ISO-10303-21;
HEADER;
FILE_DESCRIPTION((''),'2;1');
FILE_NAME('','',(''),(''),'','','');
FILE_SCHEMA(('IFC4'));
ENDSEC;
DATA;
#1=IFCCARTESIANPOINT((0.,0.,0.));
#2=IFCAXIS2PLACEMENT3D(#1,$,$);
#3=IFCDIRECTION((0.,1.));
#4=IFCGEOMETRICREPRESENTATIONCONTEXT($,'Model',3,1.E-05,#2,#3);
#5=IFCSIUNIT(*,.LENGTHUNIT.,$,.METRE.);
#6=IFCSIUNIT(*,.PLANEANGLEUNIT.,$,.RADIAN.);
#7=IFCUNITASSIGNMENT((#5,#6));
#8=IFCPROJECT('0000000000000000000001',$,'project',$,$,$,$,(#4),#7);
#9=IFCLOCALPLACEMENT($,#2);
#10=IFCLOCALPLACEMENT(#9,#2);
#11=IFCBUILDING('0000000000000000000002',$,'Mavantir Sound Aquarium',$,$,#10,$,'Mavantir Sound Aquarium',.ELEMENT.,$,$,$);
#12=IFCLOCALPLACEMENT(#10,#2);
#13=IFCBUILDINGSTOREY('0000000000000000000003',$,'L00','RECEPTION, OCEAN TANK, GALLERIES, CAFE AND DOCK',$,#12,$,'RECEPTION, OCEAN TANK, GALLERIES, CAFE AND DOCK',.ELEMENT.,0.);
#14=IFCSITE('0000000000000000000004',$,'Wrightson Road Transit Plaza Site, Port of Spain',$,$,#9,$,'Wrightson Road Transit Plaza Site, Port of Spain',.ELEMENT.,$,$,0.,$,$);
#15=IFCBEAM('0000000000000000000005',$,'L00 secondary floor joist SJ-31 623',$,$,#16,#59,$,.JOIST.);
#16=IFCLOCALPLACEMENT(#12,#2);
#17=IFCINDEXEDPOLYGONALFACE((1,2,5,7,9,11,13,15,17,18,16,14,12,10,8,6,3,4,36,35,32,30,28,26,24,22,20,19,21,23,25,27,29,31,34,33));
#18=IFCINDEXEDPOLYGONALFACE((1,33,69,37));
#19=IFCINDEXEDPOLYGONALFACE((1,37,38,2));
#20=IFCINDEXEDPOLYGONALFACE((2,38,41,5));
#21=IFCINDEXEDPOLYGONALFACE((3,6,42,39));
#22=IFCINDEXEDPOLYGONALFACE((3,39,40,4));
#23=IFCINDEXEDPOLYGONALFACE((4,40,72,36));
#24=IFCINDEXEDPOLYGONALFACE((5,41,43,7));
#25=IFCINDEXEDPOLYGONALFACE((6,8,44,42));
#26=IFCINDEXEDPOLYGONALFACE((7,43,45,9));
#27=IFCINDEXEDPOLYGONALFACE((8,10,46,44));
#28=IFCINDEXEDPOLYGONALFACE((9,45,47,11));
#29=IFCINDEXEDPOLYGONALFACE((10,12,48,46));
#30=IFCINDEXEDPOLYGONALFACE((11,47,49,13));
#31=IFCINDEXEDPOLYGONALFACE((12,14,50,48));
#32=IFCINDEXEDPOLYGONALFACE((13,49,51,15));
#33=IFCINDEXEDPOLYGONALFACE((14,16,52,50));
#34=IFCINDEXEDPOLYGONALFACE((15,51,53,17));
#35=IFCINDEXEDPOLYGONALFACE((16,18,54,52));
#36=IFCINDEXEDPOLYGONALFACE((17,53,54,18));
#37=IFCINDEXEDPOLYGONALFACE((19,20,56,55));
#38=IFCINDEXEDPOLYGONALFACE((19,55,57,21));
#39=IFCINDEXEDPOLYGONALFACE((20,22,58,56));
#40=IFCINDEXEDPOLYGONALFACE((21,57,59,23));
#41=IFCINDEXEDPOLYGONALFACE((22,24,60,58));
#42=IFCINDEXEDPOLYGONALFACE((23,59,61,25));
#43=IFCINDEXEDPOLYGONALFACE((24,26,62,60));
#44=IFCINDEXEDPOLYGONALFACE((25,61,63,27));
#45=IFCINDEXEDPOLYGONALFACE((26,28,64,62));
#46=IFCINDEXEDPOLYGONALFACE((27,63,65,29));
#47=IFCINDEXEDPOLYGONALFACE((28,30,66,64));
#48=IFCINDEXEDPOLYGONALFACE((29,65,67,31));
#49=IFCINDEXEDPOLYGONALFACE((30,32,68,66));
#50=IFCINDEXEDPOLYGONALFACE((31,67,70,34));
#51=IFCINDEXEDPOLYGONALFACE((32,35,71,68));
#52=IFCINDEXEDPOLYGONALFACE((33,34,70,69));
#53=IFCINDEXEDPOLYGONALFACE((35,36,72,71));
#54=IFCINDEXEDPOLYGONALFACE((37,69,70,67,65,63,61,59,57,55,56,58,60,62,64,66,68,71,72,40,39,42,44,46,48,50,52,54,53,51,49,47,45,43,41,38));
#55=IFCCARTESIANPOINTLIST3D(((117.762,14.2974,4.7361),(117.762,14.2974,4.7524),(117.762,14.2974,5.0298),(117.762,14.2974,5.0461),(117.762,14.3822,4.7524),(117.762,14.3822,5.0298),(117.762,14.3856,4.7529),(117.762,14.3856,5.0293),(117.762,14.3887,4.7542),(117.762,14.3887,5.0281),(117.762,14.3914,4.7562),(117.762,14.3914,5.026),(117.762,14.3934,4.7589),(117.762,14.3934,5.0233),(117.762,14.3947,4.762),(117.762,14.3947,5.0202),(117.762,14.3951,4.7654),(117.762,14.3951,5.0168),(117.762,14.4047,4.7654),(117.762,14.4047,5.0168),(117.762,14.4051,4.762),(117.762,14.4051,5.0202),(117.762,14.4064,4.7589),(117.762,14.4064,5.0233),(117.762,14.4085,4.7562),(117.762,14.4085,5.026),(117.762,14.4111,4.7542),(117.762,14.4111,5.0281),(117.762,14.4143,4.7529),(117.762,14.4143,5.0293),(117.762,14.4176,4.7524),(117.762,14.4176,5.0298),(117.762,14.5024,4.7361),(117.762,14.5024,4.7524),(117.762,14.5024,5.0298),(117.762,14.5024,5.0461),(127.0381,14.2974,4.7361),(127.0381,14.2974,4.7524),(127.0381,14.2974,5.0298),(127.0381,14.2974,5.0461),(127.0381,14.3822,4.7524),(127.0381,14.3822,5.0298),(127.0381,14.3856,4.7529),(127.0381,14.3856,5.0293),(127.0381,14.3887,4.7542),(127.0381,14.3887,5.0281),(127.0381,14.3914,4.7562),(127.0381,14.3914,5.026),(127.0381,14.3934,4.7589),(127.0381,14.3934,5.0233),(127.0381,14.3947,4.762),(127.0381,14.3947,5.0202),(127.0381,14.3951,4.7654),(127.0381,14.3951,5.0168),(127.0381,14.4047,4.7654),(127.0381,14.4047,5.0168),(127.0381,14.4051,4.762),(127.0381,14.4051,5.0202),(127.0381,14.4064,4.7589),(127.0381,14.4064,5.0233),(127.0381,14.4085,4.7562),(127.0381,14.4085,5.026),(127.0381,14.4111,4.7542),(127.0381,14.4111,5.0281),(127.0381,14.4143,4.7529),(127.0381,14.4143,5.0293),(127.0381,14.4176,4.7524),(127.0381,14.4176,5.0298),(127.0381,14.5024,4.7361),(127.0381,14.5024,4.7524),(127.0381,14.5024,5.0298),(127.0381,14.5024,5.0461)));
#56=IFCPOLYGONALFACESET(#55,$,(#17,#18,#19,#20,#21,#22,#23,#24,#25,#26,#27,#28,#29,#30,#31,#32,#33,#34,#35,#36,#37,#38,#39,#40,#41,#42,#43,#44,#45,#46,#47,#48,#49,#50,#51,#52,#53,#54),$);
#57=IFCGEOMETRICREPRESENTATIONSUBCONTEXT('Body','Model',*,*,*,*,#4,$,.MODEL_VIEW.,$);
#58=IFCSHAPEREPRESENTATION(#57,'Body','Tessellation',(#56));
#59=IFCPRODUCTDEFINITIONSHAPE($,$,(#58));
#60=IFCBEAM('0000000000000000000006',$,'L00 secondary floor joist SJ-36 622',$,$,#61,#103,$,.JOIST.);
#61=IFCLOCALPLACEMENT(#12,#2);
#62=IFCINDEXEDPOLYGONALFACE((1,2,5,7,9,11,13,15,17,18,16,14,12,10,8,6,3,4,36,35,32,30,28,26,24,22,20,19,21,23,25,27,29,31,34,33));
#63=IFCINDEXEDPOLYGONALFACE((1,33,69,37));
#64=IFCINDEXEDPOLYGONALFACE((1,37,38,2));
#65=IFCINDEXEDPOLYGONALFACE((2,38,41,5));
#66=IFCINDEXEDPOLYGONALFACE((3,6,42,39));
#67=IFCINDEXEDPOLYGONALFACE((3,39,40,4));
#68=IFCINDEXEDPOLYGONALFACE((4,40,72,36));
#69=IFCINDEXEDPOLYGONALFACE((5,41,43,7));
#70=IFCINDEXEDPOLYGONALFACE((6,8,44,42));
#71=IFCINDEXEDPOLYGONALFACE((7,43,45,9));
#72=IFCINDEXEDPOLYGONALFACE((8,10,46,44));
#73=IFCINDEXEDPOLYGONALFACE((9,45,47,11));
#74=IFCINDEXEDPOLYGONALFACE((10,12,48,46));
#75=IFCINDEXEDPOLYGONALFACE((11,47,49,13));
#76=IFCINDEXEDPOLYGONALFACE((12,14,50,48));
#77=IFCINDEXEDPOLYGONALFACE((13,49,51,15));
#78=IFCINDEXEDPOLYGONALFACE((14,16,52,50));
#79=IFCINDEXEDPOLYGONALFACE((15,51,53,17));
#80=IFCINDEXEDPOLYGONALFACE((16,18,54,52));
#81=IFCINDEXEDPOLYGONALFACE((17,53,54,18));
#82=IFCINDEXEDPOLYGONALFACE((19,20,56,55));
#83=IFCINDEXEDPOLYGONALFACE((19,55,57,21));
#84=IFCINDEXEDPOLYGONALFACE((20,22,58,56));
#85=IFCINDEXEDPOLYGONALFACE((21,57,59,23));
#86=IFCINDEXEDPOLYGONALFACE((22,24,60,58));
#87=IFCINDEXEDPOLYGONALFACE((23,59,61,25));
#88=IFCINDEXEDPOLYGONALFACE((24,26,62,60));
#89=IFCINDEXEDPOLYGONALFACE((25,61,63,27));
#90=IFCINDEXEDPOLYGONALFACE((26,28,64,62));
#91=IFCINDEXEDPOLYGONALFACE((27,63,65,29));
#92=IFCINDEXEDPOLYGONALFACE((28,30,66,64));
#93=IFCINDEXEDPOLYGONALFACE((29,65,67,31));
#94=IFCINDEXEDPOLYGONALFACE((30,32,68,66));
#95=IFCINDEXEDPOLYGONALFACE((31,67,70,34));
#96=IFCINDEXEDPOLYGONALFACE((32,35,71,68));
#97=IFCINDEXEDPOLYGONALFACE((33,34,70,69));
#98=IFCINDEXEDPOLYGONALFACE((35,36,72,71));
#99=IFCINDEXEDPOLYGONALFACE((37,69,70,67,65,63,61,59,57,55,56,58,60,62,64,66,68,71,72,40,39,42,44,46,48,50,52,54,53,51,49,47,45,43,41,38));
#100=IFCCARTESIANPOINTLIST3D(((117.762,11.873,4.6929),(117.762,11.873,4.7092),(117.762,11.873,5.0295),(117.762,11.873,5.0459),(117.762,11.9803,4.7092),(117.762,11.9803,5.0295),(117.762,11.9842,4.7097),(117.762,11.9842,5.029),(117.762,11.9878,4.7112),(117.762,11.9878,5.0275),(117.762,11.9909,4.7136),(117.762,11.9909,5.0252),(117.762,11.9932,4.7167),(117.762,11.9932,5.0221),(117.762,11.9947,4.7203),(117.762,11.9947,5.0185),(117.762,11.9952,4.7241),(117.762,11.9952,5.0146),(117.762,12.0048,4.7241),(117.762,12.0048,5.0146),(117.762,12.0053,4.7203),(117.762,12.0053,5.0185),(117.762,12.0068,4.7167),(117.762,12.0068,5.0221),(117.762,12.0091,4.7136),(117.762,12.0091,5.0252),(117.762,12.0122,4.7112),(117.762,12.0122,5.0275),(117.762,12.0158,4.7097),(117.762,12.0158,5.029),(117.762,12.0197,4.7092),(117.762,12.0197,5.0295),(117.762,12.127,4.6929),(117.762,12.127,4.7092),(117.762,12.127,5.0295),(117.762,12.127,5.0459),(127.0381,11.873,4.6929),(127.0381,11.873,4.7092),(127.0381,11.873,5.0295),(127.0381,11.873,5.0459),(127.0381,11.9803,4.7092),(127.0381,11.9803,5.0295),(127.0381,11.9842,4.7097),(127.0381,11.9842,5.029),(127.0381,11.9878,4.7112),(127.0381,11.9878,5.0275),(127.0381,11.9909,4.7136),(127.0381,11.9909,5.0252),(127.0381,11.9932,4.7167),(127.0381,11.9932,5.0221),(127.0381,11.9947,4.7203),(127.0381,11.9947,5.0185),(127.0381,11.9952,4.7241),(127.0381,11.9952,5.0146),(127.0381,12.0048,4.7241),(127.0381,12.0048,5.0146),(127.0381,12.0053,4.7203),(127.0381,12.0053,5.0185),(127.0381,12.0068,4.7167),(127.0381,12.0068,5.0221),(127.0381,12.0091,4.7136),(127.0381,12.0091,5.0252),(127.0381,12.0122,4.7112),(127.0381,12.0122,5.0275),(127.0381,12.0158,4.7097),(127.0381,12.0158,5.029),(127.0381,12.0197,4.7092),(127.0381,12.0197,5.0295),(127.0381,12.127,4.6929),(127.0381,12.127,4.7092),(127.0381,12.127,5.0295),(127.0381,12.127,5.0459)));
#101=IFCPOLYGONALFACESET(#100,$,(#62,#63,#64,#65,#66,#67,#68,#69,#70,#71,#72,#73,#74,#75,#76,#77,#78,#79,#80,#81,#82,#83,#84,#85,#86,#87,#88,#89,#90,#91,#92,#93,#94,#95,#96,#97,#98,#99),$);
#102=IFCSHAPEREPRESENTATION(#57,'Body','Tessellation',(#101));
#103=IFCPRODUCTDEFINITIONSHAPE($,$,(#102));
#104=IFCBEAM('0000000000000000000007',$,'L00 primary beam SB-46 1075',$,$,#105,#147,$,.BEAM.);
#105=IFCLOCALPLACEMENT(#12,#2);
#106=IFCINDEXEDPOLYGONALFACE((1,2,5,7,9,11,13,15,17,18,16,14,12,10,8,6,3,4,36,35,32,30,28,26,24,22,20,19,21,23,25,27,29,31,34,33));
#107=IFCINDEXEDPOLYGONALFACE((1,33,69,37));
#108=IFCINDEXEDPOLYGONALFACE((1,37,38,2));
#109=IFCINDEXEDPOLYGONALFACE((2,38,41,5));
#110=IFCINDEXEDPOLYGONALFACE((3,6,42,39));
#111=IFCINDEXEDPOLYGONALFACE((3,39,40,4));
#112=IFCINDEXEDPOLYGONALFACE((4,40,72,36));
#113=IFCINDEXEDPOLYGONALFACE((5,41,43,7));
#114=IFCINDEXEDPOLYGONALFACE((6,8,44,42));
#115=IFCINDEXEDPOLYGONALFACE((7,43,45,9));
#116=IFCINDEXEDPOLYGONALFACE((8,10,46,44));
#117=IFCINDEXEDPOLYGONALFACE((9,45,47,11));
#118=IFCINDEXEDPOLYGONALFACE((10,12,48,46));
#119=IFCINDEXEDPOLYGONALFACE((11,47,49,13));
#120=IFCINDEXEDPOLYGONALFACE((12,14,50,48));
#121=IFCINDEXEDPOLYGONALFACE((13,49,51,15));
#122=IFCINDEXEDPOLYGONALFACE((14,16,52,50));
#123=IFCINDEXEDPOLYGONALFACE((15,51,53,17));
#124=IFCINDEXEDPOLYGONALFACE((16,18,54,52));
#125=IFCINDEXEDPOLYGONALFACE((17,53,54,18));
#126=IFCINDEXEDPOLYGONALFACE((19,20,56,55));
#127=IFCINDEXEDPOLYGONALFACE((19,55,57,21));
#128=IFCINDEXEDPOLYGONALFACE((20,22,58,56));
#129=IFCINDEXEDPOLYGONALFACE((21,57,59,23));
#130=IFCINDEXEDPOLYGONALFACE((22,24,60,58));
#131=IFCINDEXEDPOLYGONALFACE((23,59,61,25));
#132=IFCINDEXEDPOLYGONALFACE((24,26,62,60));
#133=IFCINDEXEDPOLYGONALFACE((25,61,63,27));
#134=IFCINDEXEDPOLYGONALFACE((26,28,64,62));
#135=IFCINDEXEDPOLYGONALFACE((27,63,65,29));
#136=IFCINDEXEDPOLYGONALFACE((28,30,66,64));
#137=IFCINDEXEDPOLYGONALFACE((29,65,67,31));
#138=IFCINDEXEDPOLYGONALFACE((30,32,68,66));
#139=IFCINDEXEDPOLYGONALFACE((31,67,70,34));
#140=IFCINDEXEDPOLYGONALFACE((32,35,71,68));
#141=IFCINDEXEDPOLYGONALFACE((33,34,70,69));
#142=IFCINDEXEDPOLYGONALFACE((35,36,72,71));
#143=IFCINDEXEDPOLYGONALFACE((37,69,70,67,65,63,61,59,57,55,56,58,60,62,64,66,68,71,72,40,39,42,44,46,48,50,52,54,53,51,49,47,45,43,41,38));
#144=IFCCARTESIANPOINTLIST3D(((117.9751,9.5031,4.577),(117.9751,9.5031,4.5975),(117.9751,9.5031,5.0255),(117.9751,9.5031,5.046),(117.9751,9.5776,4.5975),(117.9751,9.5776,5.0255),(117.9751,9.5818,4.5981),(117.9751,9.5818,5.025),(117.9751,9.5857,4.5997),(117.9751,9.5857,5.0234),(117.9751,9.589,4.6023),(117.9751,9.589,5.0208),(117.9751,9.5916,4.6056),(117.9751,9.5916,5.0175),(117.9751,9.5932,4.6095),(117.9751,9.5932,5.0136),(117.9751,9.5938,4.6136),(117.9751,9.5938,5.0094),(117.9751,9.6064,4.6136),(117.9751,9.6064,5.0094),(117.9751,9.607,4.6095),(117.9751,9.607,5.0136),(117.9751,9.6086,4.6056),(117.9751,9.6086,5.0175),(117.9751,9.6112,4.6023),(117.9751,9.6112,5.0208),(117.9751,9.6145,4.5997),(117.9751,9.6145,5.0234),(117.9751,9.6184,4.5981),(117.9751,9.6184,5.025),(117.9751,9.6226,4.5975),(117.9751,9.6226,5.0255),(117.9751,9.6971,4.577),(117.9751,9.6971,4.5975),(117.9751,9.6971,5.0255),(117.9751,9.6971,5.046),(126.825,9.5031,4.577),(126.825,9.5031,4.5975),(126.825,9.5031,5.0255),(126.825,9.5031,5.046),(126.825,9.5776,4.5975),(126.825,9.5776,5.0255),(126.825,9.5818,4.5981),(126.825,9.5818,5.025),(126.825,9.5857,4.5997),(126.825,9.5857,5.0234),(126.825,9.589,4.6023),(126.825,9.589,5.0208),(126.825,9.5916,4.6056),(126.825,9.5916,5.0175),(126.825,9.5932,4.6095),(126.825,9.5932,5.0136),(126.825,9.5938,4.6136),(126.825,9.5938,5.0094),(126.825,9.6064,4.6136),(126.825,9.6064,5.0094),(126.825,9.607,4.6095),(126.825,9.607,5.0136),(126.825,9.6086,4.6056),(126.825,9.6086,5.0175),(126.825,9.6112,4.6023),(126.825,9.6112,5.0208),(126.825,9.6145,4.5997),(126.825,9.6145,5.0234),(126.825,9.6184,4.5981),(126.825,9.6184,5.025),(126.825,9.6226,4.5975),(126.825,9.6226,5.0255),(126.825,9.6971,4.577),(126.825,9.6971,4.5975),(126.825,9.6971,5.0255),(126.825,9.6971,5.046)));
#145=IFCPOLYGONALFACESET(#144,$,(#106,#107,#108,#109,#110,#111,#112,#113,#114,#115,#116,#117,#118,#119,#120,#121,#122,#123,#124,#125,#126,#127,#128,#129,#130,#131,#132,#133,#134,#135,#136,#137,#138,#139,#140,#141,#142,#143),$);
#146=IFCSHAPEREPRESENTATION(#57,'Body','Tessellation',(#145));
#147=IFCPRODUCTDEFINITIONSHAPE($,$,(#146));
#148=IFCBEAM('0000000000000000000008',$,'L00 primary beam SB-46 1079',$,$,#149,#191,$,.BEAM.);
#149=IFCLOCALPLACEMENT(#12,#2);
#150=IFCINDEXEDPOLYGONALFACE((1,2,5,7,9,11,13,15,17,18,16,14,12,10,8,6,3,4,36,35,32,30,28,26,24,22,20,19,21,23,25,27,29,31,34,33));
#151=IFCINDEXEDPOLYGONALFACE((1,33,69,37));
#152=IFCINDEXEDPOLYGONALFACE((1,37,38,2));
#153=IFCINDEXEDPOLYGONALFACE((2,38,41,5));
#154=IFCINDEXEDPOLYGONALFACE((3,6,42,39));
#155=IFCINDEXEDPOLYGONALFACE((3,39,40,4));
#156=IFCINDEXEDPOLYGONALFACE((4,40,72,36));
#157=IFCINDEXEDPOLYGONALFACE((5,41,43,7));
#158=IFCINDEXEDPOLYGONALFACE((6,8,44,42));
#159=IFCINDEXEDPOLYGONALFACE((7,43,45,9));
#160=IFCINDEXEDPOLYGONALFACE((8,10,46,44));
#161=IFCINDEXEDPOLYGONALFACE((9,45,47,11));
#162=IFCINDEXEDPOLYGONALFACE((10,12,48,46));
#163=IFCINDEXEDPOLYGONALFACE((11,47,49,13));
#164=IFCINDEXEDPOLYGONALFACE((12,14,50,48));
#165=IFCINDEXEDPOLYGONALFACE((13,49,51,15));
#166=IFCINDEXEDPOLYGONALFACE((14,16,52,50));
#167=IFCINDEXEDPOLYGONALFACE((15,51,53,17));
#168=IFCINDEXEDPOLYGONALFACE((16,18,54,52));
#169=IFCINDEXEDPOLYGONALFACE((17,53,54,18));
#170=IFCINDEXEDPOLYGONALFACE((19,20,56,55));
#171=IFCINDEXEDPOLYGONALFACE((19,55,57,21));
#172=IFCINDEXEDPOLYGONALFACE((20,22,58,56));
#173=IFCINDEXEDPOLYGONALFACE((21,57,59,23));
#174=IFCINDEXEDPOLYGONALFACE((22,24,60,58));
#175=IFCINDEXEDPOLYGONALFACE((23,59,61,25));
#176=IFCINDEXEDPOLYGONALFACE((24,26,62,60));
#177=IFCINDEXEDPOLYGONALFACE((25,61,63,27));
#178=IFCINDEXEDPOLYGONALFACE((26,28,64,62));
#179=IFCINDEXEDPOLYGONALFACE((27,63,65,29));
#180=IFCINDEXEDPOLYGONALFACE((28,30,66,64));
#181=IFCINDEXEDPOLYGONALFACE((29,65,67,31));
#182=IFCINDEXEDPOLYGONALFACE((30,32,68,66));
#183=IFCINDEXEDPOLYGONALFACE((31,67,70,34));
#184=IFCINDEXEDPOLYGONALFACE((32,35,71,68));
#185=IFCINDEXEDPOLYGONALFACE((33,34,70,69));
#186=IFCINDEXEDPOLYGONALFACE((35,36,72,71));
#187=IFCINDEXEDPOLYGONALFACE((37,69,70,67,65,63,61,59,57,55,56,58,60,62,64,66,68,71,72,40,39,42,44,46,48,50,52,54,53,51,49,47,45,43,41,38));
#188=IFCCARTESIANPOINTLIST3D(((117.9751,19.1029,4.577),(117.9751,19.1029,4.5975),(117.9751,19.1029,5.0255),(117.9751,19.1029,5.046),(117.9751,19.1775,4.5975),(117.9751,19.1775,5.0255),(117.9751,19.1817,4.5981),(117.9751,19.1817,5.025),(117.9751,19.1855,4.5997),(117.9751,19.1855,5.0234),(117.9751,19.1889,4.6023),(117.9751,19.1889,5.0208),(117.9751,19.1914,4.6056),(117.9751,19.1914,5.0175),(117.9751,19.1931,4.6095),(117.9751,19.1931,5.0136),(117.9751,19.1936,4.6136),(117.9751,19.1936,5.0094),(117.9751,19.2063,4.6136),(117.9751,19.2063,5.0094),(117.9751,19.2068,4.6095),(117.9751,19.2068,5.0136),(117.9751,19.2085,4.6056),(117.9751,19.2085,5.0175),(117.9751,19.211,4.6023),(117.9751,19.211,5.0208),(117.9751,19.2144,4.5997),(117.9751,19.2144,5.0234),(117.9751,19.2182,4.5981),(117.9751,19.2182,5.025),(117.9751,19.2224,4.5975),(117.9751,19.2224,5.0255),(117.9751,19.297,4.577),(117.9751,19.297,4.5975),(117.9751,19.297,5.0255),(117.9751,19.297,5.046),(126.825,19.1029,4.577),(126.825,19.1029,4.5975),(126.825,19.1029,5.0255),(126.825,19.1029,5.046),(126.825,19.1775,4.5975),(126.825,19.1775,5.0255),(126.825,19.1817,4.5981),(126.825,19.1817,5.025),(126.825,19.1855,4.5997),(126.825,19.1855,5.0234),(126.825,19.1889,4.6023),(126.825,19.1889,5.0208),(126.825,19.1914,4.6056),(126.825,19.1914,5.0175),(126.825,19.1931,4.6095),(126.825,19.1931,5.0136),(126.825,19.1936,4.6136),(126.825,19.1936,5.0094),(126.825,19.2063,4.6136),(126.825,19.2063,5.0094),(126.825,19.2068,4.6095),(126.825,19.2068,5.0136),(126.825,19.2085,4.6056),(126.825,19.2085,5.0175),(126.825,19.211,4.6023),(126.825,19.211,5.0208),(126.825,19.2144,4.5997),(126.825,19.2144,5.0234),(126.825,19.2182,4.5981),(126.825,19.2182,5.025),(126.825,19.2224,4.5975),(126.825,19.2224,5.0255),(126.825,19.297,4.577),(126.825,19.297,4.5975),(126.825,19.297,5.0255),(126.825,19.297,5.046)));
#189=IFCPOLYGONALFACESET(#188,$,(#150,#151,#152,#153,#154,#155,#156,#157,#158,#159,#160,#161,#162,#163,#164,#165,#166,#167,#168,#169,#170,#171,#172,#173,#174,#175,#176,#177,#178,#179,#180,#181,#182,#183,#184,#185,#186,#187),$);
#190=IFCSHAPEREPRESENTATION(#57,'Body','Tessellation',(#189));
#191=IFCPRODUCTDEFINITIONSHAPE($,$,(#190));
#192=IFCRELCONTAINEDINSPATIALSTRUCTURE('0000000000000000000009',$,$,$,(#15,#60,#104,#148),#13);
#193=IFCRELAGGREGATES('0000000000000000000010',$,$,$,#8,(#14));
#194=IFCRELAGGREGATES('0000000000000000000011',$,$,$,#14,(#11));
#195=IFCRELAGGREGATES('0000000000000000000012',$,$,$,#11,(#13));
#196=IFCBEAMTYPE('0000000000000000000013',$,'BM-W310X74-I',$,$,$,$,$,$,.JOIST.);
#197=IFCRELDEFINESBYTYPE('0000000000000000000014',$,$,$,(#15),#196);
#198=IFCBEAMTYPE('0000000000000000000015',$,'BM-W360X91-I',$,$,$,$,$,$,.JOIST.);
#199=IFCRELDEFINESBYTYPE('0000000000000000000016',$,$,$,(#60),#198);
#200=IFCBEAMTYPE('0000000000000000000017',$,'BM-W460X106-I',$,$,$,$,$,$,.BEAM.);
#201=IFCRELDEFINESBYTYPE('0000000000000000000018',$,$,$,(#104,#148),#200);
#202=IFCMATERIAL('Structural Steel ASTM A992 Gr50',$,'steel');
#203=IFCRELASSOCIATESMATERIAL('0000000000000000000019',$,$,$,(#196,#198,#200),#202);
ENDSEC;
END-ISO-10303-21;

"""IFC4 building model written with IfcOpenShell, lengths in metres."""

from ifc_helpers import new_model, si_unit, direction, frame, origin, origin_2d, place, context, subcontext, project, spatial, i_section, extrude, material, material_profile, profile_set, type_object, element, save


model = new_model("IFC4")

# Units and contexts
model_context = context("Model", 3, precision=1e-05, world=origin(), true_north=direction((0.0, 1.0)))
body_context = subcontext(model_context, "Body", "Model", "MODEL_VIEW")
ifc_project = project(units=[si_unit("LENGTHUNIT", "METRE"), si_unit("PLANEANGLEUNIT", "RADIAN")], contexts=[model_context])

# Site, building, storey
site_placement = place(None, origin())
site = spatial("IfcSite", under=ifc_project, at=site_placement, Name="Wrightson Road Transit Plaza Site, Port of Spain", LongName="Wrightson Road Transit Plaza Site, Port of Spain", CompositionType="ELEMENT", RefElevation=0.0)
building_placement = place(site_placement, origin())
building = spatial("IfcBuilding", under=site, at=building_placement, Name="Mavantir Sound Aquarium", LongName="Mavantir Sound Aquarium", CompositionType="ELEMENT")
storey_placement = place(building_placement, origin())
storey = spatial("IfcBuildingStorey", under=building, at=storey_placement, Name="L00", Description="RECEPTION, OCEAN TANK, GALLERIES, CAFE AND DOCK", LongName="RECEPTION, OCEAN TANK, GALLERIES, CAFE AND DOCK", CompositionType="ELEMENT", Elevation=0.0)

# Beams
ifc_material_1 = material(Name="Structural Steel ASTM A992 Gr50", Category="steel")
ifc_material_profile_1 = material_profile(ifc_material_1, i_section(OverallWidth=0.2051, OverallDepth=0.3101, WebThickness=0.0095, FlangeThickness=0.0164, FilletRadius=0.0129, at=origin_2d()), Name="W310X74")
ifc_profile_set_1 = profile_set([ifc_material_profile_1], Name="Structural Steel ASTM A992 Gr50")
beam_type_1 = type_object("IfcBeamType", Name="BM-W310X74-I", PredefinedType="JOIST", material=ifc_profile_set_1)
beam_1_placement = place(storey_placement, frame((117.762, 14.3999, 4.8911), z_axis=(1.0, 0.0, 0.0), x_axis=(0.0, 1.0, 0.0)))
element("IfcBeam", 1, at=beam_1_placement, inside=storey, type_object=beam_type_1, Name="L00 secondary floor joist SJ-31 623", PredefinedType="JOIST", context=body_context, shape_type="SweptSolid", body=[
    extrude(i_section(OverallWidth=0.2051, OverallDepth=0.3101, WebThickness=0.0095, FlangeThickness=0.0164, FilletRadius=0.0129, at=origin_2d()), origin(), (0.0, 0.0, 1.0), 9.2761),
])
ifc_material_profile_2 = material_profile(ifc_material_1, i_section(OverallWidth=0.2539, OverallDepth=0.353, WebThickness=0.0095, FlangeThickness=0.0164, FilletRadius=0.0149, at=origin_2d()), Name="W360X91")
ifc_profile_set_2 = profile_set([ifc_material_profile_2], Name="Structural Steel ASTM A992 Gr50")
beam_type_2 = type_object("IfcBeamType", Name="BM-W360X91-I", PredefinedType="JOIST", material=ifc_profile_set_2)
beam_2_placement = place(storey_placement, frame((117.762, 12.0, 4.8694), z_axis=(1.0, 0.0, 0.0), x_axis=(0.0, 1.0, 0.0)))
element("IfcBeam", 2, at=beam_2_placement, inside=storey, type_object=beam_type_2, Name="L00 secondary floor joist SJ-36 622", PredefinedType="JOIST", context=body_context, shape_type="SweptSolid", body=[
    extrude(i_section(OverallWidth=0.2539, OverallDepth=0.353, WebThickness=0.0095, FlangeThickness=0.0164, FilletRadius=0.0149, at=origin_2d()), origin(), (0.0, 0.0, 1.0), 9.2761),
])
ifc_material_profile_3 = material_profile(ifc_material_1, i_section(OverallWidth=0.1941, OverallDepth=0.469, WebThickness=0.0127, FlangeThickness=0.0205, FilletRadius=0.0161, at=origin_2d()), Name="W460X106")
ifc_profile_set_3 = profile_set([ifc_material_profile_3], Name="Structural Steel ASTM A992 Gr50")
beam_type_3 = type_object("IfcBeamType", Name="BM-W460X106-I", PredefinedType="BEAM", material=ifc_profile_set_3)
for number, where, z_axis, x_axis, name in (
    (3, (117.9751, 9.6001, 4.8115), (1.0, 0.0, 0.0), (0.0, 1.0, 0.0), "L00 primary beam SB-46 1075"),
    (4, (117.9751, 19.2, 4.8115), (1.0, 0.0, 0.0), (0.0, 1.0, 0.0), "L00 primary beam SB-46 1079"),
):
    element("IfcBeam", number, at=place(storey_placement, frame(where, z_axis=z_axis, x_axis=x_axis)), inside=storey, type_object=beam_type_3, Name=name, PredefinedType="BEAM", context=body_context, shape_type="SweptSolid", body=[
        extrude(i_section(OverallWidth=0.1941, OverallDepth=0.469, WebThickness=0.0127, FlangeThickness=0.0205, FilletRadius=0.0161, at=origin_2d()), origin(), (0.0, 0.0, 1.0), 8.8499),
    ])

save(model, "model.ifc")
